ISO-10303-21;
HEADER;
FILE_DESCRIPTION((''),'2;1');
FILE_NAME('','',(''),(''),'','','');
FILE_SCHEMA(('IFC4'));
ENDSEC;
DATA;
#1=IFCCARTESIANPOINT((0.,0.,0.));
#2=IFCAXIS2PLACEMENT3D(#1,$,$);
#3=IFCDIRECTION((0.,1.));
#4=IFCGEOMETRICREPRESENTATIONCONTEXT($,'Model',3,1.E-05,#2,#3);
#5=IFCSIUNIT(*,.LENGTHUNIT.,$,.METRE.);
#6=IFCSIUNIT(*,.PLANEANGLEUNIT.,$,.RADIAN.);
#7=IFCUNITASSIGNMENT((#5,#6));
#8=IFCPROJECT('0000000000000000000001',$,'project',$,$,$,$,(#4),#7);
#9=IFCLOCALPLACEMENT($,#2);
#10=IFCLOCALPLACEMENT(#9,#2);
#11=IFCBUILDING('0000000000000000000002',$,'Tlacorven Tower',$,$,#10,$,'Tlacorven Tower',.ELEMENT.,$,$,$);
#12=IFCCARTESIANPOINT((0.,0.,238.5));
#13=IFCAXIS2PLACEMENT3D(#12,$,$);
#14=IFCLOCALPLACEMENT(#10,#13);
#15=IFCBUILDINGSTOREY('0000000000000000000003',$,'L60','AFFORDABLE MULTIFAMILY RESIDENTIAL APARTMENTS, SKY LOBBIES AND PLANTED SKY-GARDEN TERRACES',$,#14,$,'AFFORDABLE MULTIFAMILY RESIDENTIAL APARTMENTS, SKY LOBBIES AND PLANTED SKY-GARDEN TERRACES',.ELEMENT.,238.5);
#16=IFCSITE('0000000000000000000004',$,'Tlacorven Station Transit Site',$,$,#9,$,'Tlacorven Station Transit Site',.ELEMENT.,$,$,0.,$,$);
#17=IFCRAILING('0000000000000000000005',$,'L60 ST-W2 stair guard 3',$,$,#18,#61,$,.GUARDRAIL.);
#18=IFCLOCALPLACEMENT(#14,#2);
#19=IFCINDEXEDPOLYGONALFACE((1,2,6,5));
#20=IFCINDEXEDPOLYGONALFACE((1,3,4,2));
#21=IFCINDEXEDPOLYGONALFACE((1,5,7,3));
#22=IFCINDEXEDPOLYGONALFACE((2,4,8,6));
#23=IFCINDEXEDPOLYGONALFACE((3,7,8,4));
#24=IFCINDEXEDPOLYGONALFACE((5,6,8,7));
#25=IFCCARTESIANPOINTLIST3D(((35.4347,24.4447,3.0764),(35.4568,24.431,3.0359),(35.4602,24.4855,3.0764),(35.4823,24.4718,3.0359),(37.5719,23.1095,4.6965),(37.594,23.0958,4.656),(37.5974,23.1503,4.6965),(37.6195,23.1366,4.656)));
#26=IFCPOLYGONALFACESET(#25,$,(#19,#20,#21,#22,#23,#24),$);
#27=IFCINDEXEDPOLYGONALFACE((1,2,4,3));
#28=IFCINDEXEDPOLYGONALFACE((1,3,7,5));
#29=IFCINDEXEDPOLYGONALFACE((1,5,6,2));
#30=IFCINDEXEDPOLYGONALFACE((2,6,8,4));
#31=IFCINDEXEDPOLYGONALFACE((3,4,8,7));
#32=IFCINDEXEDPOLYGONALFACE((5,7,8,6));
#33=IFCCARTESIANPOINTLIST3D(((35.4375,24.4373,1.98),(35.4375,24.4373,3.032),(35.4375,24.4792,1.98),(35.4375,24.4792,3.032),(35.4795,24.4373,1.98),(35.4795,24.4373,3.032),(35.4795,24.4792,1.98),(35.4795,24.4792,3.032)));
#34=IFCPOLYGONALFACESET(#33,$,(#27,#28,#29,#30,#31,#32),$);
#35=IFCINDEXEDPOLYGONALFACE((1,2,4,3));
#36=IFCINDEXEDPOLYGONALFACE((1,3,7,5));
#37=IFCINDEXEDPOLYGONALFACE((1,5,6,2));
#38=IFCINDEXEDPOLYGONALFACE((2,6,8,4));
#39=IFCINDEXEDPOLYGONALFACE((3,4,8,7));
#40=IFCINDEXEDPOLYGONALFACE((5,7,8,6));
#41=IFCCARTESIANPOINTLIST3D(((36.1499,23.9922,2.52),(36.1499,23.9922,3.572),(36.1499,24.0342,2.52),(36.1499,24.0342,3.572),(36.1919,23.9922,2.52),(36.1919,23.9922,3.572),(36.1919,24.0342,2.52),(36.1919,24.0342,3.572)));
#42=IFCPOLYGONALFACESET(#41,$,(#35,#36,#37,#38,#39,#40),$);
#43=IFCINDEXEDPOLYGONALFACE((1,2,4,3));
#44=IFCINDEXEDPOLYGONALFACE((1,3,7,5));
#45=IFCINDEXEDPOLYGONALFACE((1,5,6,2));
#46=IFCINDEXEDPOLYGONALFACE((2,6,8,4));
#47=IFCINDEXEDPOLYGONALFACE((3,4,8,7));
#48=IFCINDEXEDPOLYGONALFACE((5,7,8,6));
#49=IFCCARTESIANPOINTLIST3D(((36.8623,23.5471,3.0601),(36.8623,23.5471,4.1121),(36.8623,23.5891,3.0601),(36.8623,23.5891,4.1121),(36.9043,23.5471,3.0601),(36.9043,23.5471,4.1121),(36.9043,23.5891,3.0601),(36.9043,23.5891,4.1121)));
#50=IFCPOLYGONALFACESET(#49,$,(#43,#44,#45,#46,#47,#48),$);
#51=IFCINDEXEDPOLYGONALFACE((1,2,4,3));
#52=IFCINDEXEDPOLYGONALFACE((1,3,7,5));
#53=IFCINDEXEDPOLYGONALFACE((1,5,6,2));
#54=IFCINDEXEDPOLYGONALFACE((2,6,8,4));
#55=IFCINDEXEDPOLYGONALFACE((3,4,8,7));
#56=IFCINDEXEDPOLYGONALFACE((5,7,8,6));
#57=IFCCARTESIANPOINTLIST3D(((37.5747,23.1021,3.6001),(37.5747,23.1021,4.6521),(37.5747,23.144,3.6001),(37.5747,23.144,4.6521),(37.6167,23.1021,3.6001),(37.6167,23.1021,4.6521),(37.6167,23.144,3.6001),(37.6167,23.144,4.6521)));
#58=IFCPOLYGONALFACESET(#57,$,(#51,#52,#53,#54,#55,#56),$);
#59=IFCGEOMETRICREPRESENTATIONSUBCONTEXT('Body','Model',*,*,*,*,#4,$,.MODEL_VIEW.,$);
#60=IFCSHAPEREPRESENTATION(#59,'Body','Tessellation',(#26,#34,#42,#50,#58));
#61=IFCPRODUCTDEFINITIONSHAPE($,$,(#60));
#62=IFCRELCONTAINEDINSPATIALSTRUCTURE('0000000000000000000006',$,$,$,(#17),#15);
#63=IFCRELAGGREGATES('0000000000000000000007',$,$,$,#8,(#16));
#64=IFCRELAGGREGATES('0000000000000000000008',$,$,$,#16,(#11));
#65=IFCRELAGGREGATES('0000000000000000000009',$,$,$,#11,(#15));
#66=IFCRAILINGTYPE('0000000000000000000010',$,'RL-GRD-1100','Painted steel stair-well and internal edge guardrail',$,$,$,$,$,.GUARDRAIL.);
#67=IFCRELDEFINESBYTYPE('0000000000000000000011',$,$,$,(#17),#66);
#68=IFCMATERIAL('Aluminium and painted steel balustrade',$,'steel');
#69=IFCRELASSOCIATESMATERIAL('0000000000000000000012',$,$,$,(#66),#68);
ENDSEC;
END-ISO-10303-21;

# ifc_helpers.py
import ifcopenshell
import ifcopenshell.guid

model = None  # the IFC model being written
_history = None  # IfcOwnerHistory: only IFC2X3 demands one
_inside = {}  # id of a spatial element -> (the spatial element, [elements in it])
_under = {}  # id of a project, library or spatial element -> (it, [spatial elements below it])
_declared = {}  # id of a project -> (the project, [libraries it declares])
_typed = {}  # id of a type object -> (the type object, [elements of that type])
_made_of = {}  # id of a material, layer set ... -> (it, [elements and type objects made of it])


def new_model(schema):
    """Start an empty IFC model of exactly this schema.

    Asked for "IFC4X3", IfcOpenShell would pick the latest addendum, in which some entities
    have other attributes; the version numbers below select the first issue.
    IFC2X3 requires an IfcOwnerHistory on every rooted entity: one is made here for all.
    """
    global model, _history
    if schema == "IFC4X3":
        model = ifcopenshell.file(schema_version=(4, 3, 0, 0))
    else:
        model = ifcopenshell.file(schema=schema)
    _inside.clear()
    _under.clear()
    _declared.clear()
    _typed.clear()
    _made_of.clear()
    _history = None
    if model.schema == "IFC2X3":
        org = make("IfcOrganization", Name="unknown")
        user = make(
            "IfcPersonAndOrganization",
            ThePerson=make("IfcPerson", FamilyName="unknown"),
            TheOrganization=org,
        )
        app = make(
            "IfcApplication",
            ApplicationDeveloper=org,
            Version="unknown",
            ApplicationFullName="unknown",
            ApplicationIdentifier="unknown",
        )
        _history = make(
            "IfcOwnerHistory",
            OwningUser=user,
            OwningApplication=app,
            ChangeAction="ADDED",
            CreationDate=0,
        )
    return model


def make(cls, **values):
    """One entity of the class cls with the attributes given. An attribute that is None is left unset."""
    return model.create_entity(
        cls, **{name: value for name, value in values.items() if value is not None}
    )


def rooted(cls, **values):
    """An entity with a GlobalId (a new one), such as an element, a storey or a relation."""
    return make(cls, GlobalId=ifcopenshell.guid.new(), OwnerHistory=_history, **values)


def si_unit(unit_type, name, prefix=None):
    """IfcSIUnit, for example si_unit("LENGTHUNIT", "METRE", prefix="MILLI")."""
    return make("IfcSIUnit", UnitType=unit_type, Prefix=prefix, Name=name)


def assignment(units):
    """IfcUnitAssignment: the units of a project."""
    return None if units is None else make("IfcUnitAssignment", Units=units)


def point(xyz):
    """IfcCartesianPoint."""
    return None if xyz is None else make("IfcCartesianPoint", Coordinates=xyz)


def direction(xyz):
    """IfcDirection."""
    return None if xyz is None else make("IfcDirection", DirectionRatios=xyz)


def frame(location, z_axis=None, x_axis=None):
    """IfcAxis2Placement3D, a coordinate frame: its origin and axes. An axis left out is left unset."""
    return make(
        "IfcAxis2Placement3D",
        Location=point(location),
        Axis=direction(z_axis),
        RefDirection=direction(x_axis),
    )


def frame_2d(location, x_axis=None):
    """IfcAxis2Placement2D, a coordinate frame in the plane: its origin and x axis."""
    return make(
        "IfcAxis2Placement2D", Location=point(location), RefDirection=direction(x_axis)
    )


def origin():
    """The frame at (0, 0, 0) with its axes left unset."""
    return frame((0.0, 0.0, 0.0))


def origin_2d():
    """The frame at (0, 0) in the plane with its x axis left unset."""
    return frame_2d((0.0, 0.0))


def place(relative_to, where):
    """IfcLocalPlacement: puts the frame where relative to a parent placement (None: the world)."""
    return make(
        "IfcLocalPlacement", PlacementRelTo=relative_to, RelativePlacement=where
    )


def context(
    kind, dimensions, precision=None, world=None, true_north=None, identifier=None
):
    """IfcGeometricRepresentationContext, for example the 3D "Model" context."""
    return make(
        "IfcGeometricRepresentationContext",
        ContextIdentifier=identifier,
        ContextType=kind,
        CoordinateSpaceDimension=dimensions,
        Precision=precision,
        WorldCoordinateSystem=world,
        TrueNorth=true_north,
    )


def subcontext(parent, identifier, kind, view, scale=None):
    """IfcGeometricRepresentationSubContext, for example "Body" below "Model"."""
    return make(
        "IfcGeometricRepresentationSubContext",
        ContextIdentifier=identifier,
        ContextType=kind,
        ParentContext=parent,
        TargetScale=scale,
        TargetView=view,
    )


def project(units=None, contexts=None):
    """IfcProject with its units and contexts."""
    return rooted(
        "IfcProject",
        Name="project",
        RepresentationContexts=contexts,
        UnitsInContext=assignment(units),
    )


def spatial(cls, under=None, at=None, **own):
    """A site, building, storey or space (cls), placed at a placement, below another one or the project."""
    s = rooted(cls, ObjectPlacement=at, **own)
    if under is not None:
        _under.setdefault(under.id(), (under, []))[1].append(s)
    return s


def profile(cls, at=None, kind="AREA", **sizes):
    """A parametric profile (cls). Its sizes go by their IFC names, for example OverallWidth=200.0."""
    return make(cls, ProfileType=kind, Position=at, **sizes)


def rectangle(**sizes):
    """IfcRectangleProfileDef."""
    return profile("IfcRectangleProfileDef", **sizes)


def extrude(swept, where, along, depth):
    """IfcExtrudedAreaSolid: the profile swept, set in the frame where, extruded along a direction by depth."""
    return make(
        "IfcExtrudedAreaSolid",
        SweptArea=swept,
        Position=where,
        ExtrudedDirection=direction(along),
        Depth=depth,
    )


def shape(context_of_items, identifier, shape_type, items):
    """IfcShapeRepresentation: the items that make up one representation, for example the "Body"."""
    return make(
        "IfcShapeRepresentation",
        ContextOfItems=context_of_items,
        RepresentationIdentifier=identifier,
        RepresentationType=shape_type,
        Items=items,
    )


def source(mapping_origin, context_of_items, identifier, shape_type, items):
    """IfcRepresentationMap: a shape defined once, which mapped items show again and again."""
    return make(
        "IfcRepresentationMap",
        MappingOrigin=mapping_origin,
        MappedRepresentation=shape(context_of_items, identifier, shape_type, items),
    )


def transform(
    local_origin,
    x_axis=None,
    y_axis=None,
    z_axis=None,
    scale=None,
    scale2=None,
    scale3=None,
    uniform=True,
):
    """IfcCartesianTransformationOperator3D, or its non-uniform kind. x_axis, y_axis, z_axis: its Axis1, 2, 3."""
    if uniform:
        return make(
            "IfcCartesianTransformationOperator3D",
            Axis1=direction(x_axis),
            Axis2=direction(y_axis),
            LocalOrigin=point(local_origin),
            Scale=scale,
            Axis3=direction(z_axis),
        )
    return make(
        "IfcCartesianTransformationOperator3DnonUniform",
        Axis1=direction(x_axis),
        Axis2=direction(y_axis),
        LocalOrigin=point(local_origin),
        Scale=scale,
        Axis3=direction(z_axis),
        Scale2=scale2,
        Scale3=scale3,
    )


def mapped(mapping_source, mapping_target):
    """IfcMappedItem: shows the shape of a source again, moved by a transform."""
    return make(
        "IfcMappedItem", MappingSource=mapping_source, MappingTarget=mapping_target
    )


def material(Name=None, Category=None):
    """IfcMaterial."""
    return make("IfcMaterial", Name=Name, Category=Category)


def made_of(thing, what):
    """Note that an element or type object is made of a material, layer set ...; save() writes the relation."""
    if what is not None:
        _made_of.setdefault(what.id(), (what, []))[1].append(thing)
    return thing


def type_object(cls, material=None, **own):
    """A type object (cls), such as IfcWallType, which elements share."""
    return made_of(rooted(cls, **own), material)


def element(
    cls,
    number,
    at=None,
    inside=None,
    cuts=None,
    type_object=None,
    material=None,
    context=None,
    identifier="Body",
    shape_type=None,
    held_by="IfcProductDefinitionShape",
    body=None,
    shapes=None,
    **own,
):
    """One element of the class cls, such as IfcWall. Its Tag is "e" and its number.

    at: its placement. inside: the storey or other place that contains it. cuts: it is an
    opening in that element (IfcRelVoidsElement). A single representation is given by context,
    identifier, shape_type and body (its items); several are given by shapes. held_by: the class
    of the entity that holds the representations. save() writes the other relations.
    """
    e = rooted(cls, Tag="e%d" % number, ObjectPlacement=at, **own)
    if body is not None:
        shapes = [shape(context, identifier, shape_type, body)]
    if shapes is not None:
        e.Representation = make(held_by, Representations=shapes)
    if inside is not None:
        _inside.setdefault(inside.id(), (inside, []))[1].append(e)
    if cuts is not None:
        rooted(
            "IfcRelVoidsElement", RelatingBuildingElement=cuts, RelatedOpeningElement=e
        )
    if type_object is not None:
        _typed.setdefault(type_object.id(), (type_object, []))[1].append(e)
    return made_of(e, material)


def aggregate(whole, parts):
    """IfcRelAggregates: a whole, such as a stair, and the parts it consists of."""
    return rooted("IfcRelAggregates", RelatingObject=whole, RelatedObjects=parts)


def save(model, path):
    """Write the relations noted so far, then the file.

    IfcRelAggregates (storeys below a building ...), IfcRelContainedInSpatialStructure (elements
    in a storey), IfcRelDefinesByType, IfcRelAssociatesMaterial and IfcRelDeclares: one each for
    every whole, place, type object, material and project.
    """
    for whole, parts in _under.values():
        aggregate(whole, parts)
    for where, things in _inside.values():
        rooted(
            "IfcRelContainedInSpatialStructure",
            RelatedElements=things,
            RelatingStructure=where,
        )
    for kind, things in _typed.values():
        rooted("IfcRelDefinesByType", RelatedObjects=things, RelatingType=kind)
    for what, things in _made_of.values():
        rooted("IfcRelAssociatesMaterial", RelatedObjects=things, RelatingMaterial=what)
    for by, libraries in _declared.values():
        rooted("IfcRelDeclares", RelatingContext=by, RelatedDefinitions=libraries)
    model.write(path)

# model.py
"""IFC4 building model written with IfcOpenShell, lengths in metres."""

from ifc_helpers import new_model, si_unit, direction, frame, origin, origin_2d, place, context, subcontext, project, spatial, rectangle, extrude, source, transform, mapped, material, type_object, element, save


model = new_model("IFC4")

# Units and contexts
model_context = context("Model", 3, precision=1e-05, world=origin(), true_north=direction((0.0, 1.0)))
body_context = subcontext(model_context, "Body", "Model", "MODEL_VIEW")
ifc_project = project(units=[si_unit("LENGTHUNIT", "METRE"), si_unit("PLANEANGLEUNIT", "RADIAN")], contexts=[model_context])

# Site, building, storey
site_placement = place(None, origin())
site = spatial("IfcSite", under=ifc_project, at=site_placement, Name="Tlacorven Station Transit Site", LongName="Tlacorven Station Transit Site", CompositionType="ELEMENT", RefElevation=0.0)
building_placement = place(site_placement, origin())
building = spatial("IfcBuilding", under=site, at=building_placement, Name="Tlacorven Tower", LongName="Tlacorven Tower", CompositionType="ELEMENT")
storey_placement = place(building_placement, frame((0.0, 0.0, 238.5)))
storey = spatial("IfcBuildingStorey", under=building, at=storey_placement, Name="L60", Description="AFFORDABLE MULTIFAMILY RESIDENTIAL APARTMENTS, SKY LOBBIES AND PLANTED SKY-GARDEN TERRACES", LongName="AFFORDABLE MULTIFAMILY RESIDENTIAL APARTMENTS, SKY LOBBIES AND PLANTED SKY-GARDEN TERRACES", CompositionType="ELEMENT", Elevation=238.5)

# Railing
ifc_material_1 = material(Name="Aluminium and painted steel balustrade", Category="steel")
railing_type_1 = type_object("IfcRailingType", Name="RL-GRD-1100", Description="Painted steel stair-well and internal edge guardrail", PredefinedType="GUARDRAIL", material=ifc_material_1)
shared_shape_1 = source(origin(), body_context, "Body", "SweptSolid", [
    extrude(rectangle(XDim=0.0481, YDim=0.0481, at=origin_2d()), frame((0.0, 0.0, 1.0762), z_axis=(0.713386, -0.445683, 0.540784), x_axis=(0.529842, 0.848096, 0.0)), (0.0, 0.0, 1.0), 2.9958),
    extrude(rectangle(XDim=0.042, YDim=0.042, at=origin_2d()), origin(), (0.0, 0.0, 1.0), 1.052),
    extrude(rectangle(XDim=0.042, YDim=0.042, at=origin_2d()), frame((0.7124, -0.4451, 0.54)), (0.0, 0.0, 1.0), 1.052),
    extrude(rectangle(XDim=0.042, YDim=0.042, at=origin_2d()), frame((1.4248, -0.8901, 1.0801)), (0.0, 0.0, 1.0), 1.052),
    extrude(rectangle(XDim=0.042, YDim=0.042, at=origin_2d()), frame((2.1372, -1.3352, 1.6201)), (0.0, 0.0, 1.0), 1.052),
])
railing_1_placement = place(storey_placement, frame((35.4585, 24.4583, 1.98)))
element("IfcRailing", 1, at=railing_1_placement, inside=storey, type_object=railing_type_1, Name="L60 ST-W2 stair guard 3", PredefinedType="GUARDRAIL", context=body_context, shape_type="MappedRepresentation", body=[
    mapped(shared_shape_1, transform((0.0, 0.0, 0.0), scale=1.0)),
])

save(model, "model.ifc")
